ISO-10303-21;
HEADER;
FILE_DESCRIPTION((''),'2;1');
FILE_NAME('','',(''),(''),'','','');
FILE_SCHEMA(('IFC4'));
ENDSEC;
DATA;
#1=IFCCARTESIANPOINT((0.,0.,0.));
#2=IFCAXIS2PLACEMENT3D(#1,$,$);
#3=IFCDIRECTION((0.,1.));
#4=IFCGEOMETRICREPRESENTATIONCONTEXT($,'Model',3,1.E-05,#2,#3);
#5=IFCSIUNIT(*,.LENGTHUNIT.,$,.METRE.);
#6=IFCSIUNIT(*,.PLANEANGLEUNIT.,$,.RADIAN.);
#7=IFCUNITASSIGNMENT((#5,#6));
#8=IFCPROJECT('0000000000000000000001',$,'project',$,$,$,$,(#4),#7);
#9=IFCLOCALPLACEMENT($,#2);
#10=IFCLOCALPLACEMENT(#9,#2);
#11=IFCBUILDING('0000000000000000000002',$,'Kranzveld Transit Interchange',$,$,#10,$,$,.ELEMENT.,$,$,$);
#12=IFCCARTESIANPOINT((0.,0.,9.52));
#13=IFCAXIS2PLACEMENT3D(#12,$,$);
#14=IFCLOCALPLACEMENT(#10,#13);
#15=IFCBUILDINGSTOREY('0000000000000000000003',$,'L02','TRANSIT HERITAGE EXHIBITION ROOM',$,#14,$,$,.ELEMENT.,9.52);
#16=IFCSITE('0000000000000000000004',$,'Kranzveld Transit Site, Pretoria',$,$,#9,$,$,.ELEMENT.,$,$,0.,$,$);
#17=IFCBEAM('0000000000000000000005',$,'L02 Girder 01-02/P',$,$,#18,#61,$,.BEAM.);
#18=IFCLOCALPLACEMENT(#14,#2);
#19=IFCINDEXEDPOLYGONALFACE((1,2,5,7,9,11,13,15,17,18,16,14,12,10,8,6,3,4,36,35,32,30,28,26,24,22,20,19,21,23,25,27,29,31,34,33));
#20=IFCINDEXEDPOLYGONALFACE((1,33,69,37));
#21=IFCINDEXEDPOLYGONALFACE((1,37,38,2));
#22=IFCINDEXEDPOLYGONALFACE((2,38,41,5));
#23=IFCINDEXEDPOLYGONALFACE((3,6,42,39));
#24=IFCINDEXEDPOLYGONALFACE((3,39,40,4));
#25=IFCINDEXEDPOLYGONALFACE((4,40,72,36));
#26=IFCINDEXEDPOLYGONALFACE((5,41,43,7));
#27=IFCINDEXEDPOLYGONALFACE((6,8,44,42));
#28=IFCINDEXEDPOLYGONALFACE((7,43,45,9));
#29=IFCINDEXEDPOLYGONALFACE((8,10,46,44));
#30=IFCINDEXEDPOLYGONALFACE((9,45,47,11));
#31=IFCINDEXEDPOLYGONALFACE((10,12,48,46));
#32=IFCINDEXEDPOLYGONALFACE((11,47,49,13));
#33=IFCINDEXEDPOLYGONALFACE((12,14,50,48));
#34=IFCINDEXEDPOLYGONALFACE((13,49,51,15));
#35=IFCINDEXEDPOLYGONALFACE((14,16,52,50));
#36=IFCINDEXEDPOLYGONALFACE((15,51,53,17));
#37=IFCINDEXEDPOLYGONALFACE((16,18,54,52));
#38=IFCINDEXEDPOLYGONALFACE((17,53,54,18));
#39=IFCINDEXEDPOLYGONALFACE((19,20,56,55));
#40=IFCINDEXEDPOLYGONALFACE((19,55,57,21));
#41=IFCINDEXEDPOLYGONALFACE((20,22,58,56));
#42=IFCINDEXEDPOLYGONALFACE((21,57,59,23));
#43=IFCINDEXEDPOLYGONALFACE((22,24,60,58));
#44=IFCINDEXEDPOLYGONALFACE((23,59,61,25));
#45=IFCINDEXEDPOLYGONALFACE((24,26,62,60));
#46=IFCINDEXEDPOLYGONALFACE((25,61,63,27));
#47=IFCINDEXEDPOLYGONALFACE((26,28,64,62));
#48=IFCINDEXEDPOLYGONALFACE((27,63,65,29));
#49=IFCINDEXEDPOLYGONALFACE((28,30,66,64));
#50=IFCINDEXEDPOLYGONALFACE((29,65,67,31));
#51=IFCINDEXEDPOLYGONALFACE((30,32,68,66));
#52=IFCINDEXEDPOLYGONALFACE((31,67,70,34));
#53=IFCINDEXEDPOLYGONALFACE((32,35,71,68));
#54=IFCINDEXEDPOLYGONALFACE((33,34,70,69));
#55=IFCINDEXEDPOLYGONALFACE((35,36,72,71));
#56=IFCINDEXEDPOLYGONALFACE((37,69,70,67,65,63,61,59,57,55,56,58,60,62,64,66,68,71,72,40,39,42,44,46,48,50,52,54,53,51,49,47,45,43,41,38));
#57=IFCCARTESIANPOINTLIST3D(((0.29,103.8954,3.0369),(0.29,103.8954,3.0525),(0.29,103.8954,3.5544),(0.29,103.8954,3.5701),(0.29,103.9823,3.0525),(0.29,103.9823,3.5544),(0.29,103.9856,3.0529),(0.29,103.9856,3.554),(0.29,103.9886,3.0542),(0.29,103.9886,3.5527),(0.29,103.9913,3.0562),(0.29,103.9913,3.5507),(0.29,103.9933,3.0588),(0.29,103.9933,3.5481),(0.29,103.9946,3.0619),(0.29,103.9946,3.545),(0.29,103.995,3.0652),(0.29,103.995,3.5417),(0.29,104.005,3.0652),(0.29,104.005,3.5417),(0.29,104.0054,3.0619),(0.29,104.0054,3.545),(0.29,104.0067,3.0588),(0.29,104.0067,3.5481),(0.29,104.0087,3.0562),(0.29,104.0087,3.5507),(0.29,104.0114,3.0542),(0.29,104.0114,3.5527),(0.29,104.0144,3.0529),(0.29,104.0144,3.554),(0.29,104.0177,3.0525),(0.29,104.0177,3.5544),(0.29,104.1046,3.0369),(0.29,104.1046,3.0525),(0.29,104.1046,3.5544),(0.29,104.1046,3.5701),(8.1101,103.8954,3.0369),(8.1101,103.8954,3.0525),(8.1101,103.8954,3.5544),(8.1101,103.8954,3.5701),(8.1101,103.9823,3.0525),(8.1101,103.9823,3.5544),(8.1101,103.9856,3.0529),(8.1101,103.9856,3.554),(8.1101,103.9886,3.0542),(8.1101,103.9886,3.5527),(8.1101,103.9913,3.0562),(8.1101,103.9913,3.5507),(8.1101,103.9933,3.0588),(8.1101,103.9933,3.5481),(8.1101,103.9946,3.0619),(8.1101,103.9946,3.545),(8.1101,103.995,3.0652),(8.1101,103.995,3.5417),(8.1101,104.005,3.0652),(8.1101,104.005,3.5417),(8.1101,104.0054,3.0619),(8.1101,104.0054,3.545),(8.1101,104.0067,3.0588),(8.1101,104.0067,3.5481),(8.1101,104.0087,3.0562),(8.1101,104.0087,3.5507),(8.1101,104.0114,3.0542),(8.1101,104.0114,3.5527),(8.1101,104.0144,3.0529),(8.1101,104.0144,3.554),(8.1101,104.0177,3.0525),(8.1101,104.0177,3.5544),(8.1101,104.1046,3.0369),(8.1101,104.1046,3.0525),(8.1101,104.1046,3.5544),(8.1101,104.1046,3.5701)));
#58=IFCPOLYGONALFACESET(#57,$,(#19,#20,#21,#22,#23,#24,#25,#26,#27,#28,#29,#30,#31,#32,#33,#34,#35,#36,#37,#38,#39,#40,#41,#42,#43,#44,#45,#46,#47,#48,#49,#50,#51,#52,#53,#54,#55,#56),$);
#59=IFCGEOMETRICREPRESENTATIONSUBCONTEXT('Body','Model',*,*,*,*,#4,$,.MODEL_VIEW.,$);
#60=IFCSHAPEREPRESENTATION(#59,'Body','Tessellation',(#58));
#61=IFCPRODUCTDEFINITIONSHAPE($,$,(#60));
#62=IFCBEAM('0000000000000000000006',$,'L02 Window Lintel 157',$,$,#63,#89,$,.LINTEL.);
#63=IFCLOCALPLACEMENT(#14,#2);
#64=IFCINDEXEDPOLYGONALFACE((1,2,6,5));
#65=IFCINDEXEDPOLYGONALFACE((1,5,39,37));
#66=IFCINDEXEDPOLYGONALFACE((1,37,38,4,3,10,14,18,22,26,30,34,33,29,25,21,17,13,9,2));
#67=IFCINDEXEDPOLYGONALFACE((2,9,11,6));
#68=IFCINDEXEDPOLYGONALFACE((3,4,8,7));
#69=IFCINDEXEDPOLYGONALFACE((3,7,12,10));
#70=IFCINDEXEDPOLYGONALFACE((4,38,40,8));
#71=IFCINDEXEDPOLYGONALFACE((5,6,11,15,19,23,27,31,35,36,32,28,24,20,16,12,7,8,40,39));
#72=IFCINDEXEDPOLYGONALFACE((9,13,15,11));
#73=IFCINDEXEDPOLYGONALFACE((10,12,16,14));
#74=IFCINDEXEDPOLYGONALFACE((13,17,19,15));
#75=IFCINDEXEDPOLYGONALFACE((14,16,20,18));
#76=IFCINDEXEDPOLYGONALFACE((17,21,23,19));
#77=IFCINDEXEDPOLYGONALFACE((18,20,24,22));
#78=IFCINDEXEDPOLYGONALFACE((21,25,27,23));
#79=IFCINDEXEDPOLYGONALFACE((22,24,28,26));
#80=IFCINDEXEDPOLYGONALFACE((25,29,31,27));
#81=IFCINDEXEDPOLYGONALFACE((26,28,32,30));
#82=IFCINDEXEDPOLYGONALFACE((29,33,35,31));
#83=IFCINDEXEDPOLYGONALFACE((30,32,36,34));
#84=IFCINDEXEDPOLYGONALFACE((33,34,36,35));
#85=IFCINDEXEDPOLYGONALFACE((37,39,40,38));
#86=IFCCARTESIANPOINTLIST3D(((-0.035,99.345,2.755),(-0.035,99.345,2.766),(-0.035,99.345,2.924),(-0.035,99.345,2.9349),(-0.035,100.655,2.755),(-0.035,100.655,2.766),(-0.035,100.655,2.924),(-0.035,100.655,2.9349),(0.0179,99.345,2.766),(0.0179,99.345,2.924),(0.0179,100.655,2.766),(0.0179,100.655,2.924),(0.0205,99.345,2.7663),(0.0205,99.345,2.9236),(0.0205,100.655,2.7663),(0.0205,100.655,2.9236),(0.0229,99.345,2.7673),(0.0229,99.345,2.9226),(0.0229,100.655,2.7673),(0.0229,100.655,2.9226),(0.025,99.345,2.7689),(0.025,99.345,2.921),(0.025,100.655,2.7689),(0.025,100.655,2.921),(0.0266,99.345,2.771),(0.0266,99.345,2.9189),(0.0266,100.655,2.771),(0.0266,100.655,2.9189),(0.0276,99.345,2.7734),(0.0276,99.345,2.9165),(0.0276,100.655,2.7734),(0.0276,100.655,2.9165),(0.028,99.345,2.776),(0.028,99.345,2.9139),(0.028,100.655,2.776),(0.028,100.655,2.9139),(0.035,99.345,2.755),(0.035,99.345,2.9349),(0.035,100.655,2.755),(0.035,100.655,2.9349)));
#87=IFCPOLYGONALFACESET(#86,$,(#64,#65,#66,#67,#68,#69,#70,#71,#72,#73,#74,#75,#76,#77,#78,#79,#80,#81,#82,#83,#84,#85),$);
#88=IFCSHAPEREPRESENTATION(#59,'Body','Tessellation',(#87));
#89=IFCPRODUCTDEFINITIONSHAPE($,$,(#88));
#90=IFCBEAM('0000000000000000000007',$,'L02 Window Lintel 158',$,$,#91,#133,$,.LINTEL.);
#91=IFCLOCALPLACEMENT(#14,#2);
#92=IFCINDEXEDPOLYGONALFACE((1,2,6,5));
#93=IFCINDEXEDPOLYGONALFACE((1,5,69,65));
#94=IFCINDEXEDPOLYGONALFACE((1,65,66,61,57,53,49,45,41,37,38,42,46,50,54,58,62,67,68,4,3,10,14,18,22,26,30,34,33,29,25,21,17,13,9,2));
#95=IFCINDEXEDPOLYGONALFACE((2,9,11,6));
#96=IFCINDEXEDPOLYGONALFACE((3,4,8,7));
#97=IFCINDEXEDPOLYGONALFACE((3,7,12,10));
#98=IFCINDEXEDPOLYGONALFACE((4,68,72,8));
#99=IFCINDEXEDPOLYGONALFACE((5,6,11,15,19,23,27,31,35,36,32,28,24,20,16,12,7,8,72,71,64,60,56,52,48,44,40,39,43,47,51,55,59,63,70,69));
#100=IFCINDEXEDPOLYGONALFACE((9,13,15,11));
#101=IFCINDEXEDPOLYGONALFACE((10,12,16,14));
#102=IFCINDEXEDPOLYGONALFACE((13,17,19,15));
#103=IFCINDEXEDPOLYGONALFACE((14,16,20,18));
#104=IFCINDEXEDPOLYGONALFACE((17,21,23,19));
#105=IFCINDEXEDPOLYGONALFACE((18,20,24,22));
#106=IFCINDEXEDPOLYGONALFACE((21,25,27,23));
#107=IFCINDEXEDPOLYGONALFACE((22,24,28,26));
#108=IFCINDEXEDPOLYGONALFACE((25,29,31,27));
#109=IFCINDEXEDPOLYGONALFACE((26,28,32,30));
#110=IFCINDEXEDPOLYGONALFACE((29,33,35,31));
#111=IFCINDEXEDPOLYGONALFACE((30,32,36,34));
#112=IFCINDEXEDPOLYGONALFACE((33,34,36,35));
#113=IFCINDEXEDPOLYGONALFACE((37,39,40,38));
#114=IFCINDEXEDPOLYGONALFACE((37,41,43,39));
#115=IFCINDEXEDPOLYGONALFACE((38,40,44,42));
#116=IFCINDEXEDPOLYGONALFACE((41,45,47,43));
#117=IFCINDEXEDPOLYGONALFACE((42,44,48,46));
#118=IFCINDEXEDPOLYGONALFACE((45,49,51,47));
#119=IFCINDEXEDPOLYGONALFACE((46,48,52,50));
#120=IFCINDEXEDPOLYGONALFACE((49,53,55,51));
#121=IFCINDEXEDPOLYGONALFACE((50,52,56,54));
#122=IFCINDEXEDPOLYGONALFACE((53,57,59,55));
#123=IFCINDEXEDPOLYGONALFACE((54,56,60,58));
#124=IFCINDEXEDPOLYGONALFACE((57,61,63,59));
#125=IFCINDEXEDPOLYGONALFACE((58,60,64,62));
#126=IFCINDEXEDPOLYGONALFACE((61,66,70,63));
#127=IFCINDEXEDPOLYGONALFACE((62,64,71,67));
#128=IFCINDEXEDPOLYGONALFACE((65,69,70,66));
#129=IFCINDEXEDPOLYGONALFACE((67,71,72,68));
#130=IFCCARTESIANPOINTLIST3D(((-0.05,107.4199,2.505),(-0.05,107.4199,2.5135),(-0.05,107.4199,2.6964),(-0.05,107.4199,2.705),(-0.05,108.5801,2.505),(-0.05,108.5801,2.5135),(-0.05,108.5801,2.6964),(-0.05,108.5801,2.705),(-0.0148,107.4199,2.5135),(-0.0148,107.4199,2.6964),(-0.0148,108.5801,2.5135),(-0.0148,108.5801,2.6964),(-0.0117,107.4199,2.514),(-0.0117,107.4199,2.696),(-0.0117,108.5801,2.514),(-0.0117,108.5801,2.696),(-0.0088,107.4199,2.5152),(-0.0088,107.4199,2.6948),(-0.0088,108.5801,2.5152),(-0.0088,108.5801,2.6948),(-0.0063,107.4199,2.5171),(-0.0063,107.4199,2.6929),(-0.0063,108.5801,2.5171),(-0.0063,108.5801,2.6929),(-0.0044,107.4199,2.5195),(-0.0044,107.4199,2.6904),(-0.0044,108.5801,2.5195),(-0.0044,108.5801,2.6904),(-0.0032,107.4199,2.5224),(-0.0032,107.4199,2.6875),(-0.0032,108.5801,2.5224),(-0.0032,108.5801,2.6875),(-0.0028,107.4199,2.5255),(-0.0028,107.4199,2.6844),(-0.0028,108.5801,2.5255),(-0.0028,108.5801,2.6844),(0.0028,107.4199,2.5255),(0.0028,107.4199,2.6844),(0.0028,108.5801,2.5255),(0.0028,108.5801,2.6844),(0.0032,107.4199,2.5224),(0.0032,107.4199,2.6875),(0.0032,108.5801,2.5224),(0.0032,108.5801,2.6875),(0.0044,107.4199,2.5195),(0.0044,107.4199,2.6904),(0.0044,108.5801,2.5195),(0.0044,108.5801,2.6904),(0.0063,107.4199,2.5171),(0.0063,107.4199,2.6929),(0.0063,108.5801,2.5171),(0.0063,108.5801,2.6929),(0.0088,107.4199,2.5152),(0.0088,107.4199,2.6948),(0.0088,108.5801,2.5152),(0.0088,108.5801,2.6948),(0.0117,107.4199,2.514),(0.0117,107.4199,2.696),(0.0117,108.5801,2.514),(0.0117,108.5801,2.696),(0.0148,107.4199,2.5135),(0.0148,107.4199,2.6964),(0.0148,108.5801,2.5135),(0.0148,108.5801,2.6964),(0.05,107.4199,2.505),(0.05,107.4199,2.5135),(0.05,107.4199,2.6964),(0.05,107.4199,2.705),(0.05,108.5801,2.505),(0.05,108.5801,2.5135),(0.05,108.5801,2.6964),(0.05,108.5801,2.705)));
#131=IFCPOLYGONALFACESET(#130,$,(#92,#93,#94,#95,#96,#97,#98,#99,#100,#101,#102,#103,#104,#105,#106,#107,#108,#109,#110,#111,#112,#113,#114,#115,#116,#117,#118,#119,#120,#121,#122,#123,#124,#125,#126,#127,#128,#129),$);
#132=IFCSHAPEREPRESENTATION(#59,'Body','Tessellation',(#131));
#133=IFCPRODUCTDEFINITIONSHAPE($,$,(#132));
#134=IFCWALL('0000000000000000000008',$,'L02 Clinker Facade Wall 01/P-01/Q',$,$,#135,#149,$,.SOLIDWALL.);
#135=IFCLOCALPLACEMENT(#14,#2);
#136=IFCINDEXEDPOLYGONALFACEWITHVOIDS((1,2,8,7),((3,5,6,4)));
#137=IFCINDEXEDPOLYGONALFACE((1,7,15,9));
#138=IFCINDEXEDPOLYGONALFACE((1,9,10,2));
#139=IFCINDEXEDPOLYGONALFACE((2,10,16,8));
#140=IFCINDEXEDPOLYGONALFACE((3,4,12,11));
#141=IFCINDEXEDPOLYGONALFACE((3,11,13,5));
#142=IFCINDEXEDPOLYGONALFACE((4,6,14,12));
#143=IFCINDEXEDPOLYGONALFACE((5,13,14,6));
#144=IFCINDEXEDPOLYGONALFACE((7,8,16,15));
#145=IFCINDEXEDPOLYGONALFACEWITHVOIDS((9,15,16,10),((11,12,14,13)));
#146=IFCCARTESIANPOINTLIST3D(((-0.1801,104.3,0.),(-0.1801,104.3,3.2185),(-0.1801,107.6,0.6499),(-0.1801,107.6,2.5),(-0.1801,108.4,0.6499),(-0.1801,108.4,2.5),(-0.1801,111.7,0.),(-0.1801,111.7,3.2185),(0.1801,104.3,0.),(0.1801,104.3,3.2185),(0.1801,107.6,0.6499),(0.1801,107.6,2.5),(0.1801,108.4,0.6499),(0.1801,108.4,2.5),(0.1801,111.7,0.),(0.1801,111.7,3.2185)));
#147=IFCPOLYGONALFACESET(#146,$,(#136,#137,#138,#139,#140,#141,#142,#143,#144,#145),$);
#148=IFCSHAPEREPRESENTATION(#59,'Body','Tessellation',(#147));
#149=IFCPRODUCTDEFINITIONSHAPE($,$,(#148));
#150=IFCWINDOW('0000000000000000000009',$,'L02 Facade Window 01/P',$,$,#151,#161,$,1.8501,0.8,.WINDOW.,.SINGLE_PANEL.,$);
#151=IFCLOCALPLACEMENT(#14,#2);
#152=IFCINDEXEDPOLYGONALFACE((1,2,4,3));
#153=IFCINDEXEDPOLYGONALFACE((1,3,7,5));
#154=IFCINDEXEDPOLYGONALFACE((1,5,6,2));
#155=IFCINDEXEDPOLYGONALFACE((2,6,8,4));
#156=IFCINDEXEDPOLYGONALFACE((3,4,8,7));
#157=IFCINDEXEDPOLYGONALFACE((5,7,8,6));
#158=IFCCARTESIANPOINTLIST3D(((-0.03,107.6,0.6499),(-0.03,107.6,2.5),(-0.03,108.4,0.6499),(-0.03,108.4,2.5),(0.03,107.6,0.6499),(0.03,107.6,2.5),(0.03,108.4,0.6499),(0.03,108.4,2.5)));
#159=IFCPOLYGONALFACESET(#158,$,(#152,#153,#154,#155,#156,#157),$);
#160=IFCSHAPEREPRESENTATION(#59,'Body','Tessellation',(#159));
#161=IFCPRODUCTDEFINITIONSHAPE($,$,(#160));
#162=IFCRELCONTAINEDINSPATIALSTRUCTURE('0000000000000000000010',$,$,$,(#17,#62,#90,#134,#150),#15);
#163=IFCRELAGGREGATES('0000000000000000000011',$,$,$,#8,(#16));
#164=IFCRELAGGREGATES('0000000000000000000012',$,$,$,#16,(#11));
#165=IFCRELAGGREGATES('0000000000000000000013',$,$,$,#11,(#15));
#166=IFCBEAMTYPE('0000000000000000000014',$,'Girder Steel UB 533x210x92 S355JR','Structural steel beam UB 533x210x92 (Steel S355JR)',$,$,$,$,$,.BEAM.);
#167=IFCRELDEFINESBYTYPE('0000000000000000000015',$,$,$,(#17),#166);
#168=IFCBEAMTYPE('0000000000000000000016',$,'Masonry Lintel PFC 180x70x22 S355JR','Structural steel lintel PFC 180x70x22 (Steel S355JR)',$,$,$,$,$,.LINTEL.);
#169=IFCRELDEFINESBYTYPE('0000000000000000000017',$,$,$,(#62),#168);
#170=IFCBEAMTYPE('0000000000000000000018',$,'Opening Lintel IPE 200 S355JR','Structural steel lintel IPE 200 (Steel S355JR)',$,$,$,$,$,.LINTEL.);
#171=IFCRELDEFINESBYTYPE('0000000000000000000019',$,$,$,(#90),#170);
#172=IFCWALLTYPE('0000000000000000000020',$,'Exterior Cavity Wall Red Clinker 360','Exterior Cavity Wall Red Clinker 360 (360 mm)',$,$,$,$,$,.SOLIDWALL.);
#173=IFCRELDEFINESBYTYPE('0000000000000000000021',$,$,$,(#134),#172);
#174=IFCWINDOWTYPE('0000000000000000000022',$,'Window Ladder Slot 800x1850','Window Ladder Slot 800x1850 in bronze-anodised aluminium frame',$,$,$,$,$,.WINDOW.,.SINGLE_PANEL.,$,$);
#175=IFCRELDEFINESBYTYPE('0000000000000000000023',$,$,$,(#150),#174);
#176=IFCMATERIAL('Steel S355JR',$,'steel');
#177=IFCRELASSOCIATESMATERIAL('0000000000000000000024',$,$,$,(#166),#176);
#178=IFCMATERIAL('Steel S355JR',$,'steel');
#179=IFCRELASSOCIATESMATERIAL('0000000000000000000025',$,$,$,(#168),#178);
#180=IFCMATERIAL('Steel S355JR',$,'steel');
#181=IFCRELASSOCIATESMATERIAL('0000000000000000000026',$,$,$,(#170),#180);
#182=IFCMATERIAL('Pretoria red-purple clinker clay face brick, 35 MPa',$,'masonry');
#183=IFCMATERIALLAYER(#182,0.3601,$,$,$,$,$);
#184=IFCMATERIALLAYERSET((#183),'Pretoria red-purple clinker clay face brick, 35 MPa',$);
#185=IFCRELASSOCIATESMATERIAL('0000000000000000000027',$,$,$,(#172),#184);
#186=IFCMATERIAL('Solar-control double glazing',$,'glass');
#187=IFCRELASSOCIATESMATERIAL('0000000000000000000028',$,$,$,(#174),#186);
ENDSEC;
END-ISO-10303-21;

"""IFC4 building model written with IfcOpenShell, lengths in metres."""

from ifc_helpers import new_model, si_unit, direction, frame, frame_2d, origin, origin_2d, place, context, subcontext, project, spatial, rectangle, i_section, u_section, extrude, material, layer, layer_set, material_profile, profile_set, type_object, element, fill, save


model = new_model("IFC4")

# Units and contexts
model_context = context("Model", 3, precision=1e-05, world=origin(), true_north=direction((0.0, 1.0)))
body_context = subcontext(model_context, "Body", "Model", "MODEL_VIEW")
ifc_project = project(units=[si_unit("LENGTHUNIT", "METRE"), si_unit("PLANEANGLEUNIT", "RADIAN")], contexts=[model_context])

# Site, building, storey
site_placement = place(None, origin())
site = spatial("IfcSite", under=ifc_project, at=site_placement, Name="Kranzveld Transit Site, Pretoria", CompositionType="ELEMENT", RefElevation=0.0)
building_placement = place(site_placement, origin())
building = spatial("IfcBuilding", under=site, at=building_placement, Name="Kranzveld Transit Interchange", CompositionType="ELEMENT")
storey_placement = place(building_placement, frame((0.0, 0.0, 9.52)))
storey = spatial("IfcBuildingStorey", under=building, at=storey_placement, Name="L02", Description="TRANSIT HERITAGE EXHIBITION ROOM", CompositionType="ELEMENT", Elevation=9.52)

# Beams
ifc_material_1 = material(Name="Steel S355JR", Category="steel")
ifc_material_profile_1 = material_profile(ifc_material_1, i_section(OverallWidth=0.2092, OverallDepth=0.5332, WebThickness=0.01, FlangeThickness=0.0156, FilletRadius=0.0127, at=origin_2d()), Name="UB 533x210x92")
ifc_profile_set_1 = profile_set([ifc_material_profile_1], Name="Steel S355JR")
beam_type_1 = type_object("IfcBeamType", Name="Girder Steel UB 533x210x92 S355JR", Description="Structural steel beam UB 533x210x92 (Steel S355JR)", PredefinedType="BEAM", material=ifc_profile_set_1)
beam_1_placement = place(storey_placement, frame((0.29, 104.0, 3.3035), z_axis=(1.0, 0.0, 0.0), x_axis=(0.0, 1.0, 0.0)))
element("IfcBeam", 1, at=beam_1_placement, inside=storey, type_object=beam_type_1, Name="L02 Girder 01-02/P", PredefinedType="BEAM", context=body_context, shape_type="SweptSolid", body=[
    extrude(i_section(OverallWidth=0.2092, OverallDepth=0.5332, WebThickness=0.01, FlangeThickness=0.0156, FilletRadius=0.0127, at=origin_2d()), origin(), (0.0, 0.0, 1.0), 7.8201),
])
ifc_material_2 = material(Name="Steel S355JR", Category="steel")
ifc_material_profile_2 = material_profile(ifc_material_2, u_section(Depth=0.1799, FlangeWidth=0.0701, WebThickness=0.0071, FlangeThickness=0.011, FilletRadius=0.01, at=origin_2d()), Name="PFC 180x70x22")
ifc_profile_set_2 = profile_set([ifc_material_profile_2], Name="Steel S355JR")
beam_type_2 = type_object("IfcBeamType", Name="Masonry Lintel PFC 180x70x22 S355JR", Description="Structural steel lintel PFC 180x70x22 (Steel S355JR)", PredefinedType="LINTEL", material=ifc_profile_set_2)
beam_2_placement = place(storey_placement, frame((0.0, 99.345, 2.845), z_axis=(0.0, 1.0, 0.0), x_axis=(-1.0, 0.0, 0.0)))
element("IfcBeam", 2, at=beam_2_placement, inside=storey, type_object=beam_type_2, Name="L02 Window Lintel 157", PredefinedType="LINTEL", context=body_context, shape_type="SweptSolid", body=[
    extrude(u_section(Depth=0.1799, FlangeWidth=0.0701, WebThickness=0.0071, FlangeThickness=0.011, FilletRadius=0.01, at=origin_2d()), origin(), (0.0, 0.0, 1.0), 1.3101),
])
ifc_material_3 = material(Name="Steel S355JR", Category="steel")
ifc_material_profile_3 = material_profile(ifc_material_3, i_section(OverallWidth=0.1001, OverallDepth=0.2, WebThickness=0.0056, FlangeThickness=0.0085, FilletRadius=0.012, at=origin_2d()), Name="IPE 200")
ifc_profile_set_3 = profile_set([ifc_material_profile_3], Name="Steel S355JR")
beam_type_3 = type_object("IfcBeamType", Name="Opening Lintel IPE 200 S355JR", Description="Structural steel lintel IPE 200 (Steel S355JR)", PredefinedType="LINTEL", material=ifc_profile_set_3)
beam_3_placement = place(storey_placement, frame((0.0, 107.4199, 2.605), z_axis=(0.0, 1.0, 0.0), x_axis=(-1.0, 0.0, 0.0)))
element("IfcBeam", 3, at=beam_3_placement, inside=storey, type_object=beam_type_3, Name="L02 Window Lintel 158", PredefinedType="LINTEL", context=body_context, shape_type="SweptSolid", body=[
    extrude(i_section(OverallWidth=0.1001, OverallDepth=0.2, WebThickness=0.0056, FlangeThickness=0.0085, FilletRadius=0.012, at=origin_2d()), origin(), (0.0, 0.0, 1.0), 1.1602),
])

# Wall, opening, window
ifc_material_4 = material(Name="Pretoria red-purple clinker clay face brick, 35 MPa", Category="masonry")
ifc_layer_1 = layer(ifc_material_4, 0.3601)
ifc_layer_set_1 = layer_set([ifc_layer_1], Name="Pretoria red-purple clinker clay face brick, 35 MPa")
wall_type = type_object("IfcWallType", Name="Exterior Cavity Wall Red Clinker 360", Description="Exterior Cavity Wall Red Clinker 360 (360 mm)", PredefinedType="SOLIDWALL", material=ifc_layer_set_1)
wall_1_placement = place(storey_placement, frame((0.0, 104.3, 0.0), z_axis=(0.0, 0.0, 1.0), x_axis=(0.0, 1.0, 0.0)))
wall_1 = element("IfcWall", 4, at=wall_1_placement, inside=storey, type_object=wall_type, Name="L02 Clinker Facade Wall 01/P-01/Q", PredefinedType="SOLIDWALL", context=body_context, shape_type="SweptSolid", body=[
    extrude(rectangle(XDim=7.3999, YDim=0.3601, at=frame_2d((3.7, 0.0))), origin(), (0.0, 0.0, 1.0), 3.2185),
])
opening_1_placement = place(wall_1_placement, frame((3.3, 0.0, 0.6499), z_axis=(0.0, 0.0, 1.0), x_axis=(1.0, 0.0, 0.0)))
opening_1 = element("IfcOpeningElement", 5, at=opening_1_placement, cuts=wall_1, PredefinedType="OPENING", context=body_context, shape_type="SweptSolid", body=[
    extrude(rectangle(XDim=0.8, YDim=1.8501, at=frame_2d((0.3999, 0.925))), frame((0.0, 0.1899, 0.0), z_axis=(0.0, -1.0, 0.0), x_axis=(1.0, 0.0, 0.0)), (0.0, 0.0, 1.0), 0.3801),
])
ifc_material_5 = material(Name="Solar-control double glazing", Category="glass")
window_type_1 = type_object("IfcWindowType", Name="Window Ladder Slot 800x1850", Description="Window Ladder Slot 800x1850 in bronze-anodised aluminium frame", PartitioningType="SINGLE_PANEL", PredefinedType="WINDOW", material=ifc_material_5)
window_1_placement = place(opening_1_placement, origin())
window_1 = element("IfcWindow", 6, at=window_1_placement, inside=storey, type_object=window_type_1, Name="L02 Facade Window 01/P", OverallHeight=1.8501, OverallWidth=0.8, PartitioningType="SINGLE_PANEL", PredefinedType="WINDOW", context=body_context, shape_type="SweptSolid", body=[
    extrude(rectangle(XDim=0.8, YDim=1.8501, at=frame_2d((0.3999, 0.925))), frame((0.0, 0.03, 0.0), z_axis=(0.0, -1.0, 0.0), x_axis=(1.0, 0.0, 0.0)), (0.0, 0.0, 1.0), 0.0601),
])
fill(opening_1, window_1)

save(model, "model.ifc")
